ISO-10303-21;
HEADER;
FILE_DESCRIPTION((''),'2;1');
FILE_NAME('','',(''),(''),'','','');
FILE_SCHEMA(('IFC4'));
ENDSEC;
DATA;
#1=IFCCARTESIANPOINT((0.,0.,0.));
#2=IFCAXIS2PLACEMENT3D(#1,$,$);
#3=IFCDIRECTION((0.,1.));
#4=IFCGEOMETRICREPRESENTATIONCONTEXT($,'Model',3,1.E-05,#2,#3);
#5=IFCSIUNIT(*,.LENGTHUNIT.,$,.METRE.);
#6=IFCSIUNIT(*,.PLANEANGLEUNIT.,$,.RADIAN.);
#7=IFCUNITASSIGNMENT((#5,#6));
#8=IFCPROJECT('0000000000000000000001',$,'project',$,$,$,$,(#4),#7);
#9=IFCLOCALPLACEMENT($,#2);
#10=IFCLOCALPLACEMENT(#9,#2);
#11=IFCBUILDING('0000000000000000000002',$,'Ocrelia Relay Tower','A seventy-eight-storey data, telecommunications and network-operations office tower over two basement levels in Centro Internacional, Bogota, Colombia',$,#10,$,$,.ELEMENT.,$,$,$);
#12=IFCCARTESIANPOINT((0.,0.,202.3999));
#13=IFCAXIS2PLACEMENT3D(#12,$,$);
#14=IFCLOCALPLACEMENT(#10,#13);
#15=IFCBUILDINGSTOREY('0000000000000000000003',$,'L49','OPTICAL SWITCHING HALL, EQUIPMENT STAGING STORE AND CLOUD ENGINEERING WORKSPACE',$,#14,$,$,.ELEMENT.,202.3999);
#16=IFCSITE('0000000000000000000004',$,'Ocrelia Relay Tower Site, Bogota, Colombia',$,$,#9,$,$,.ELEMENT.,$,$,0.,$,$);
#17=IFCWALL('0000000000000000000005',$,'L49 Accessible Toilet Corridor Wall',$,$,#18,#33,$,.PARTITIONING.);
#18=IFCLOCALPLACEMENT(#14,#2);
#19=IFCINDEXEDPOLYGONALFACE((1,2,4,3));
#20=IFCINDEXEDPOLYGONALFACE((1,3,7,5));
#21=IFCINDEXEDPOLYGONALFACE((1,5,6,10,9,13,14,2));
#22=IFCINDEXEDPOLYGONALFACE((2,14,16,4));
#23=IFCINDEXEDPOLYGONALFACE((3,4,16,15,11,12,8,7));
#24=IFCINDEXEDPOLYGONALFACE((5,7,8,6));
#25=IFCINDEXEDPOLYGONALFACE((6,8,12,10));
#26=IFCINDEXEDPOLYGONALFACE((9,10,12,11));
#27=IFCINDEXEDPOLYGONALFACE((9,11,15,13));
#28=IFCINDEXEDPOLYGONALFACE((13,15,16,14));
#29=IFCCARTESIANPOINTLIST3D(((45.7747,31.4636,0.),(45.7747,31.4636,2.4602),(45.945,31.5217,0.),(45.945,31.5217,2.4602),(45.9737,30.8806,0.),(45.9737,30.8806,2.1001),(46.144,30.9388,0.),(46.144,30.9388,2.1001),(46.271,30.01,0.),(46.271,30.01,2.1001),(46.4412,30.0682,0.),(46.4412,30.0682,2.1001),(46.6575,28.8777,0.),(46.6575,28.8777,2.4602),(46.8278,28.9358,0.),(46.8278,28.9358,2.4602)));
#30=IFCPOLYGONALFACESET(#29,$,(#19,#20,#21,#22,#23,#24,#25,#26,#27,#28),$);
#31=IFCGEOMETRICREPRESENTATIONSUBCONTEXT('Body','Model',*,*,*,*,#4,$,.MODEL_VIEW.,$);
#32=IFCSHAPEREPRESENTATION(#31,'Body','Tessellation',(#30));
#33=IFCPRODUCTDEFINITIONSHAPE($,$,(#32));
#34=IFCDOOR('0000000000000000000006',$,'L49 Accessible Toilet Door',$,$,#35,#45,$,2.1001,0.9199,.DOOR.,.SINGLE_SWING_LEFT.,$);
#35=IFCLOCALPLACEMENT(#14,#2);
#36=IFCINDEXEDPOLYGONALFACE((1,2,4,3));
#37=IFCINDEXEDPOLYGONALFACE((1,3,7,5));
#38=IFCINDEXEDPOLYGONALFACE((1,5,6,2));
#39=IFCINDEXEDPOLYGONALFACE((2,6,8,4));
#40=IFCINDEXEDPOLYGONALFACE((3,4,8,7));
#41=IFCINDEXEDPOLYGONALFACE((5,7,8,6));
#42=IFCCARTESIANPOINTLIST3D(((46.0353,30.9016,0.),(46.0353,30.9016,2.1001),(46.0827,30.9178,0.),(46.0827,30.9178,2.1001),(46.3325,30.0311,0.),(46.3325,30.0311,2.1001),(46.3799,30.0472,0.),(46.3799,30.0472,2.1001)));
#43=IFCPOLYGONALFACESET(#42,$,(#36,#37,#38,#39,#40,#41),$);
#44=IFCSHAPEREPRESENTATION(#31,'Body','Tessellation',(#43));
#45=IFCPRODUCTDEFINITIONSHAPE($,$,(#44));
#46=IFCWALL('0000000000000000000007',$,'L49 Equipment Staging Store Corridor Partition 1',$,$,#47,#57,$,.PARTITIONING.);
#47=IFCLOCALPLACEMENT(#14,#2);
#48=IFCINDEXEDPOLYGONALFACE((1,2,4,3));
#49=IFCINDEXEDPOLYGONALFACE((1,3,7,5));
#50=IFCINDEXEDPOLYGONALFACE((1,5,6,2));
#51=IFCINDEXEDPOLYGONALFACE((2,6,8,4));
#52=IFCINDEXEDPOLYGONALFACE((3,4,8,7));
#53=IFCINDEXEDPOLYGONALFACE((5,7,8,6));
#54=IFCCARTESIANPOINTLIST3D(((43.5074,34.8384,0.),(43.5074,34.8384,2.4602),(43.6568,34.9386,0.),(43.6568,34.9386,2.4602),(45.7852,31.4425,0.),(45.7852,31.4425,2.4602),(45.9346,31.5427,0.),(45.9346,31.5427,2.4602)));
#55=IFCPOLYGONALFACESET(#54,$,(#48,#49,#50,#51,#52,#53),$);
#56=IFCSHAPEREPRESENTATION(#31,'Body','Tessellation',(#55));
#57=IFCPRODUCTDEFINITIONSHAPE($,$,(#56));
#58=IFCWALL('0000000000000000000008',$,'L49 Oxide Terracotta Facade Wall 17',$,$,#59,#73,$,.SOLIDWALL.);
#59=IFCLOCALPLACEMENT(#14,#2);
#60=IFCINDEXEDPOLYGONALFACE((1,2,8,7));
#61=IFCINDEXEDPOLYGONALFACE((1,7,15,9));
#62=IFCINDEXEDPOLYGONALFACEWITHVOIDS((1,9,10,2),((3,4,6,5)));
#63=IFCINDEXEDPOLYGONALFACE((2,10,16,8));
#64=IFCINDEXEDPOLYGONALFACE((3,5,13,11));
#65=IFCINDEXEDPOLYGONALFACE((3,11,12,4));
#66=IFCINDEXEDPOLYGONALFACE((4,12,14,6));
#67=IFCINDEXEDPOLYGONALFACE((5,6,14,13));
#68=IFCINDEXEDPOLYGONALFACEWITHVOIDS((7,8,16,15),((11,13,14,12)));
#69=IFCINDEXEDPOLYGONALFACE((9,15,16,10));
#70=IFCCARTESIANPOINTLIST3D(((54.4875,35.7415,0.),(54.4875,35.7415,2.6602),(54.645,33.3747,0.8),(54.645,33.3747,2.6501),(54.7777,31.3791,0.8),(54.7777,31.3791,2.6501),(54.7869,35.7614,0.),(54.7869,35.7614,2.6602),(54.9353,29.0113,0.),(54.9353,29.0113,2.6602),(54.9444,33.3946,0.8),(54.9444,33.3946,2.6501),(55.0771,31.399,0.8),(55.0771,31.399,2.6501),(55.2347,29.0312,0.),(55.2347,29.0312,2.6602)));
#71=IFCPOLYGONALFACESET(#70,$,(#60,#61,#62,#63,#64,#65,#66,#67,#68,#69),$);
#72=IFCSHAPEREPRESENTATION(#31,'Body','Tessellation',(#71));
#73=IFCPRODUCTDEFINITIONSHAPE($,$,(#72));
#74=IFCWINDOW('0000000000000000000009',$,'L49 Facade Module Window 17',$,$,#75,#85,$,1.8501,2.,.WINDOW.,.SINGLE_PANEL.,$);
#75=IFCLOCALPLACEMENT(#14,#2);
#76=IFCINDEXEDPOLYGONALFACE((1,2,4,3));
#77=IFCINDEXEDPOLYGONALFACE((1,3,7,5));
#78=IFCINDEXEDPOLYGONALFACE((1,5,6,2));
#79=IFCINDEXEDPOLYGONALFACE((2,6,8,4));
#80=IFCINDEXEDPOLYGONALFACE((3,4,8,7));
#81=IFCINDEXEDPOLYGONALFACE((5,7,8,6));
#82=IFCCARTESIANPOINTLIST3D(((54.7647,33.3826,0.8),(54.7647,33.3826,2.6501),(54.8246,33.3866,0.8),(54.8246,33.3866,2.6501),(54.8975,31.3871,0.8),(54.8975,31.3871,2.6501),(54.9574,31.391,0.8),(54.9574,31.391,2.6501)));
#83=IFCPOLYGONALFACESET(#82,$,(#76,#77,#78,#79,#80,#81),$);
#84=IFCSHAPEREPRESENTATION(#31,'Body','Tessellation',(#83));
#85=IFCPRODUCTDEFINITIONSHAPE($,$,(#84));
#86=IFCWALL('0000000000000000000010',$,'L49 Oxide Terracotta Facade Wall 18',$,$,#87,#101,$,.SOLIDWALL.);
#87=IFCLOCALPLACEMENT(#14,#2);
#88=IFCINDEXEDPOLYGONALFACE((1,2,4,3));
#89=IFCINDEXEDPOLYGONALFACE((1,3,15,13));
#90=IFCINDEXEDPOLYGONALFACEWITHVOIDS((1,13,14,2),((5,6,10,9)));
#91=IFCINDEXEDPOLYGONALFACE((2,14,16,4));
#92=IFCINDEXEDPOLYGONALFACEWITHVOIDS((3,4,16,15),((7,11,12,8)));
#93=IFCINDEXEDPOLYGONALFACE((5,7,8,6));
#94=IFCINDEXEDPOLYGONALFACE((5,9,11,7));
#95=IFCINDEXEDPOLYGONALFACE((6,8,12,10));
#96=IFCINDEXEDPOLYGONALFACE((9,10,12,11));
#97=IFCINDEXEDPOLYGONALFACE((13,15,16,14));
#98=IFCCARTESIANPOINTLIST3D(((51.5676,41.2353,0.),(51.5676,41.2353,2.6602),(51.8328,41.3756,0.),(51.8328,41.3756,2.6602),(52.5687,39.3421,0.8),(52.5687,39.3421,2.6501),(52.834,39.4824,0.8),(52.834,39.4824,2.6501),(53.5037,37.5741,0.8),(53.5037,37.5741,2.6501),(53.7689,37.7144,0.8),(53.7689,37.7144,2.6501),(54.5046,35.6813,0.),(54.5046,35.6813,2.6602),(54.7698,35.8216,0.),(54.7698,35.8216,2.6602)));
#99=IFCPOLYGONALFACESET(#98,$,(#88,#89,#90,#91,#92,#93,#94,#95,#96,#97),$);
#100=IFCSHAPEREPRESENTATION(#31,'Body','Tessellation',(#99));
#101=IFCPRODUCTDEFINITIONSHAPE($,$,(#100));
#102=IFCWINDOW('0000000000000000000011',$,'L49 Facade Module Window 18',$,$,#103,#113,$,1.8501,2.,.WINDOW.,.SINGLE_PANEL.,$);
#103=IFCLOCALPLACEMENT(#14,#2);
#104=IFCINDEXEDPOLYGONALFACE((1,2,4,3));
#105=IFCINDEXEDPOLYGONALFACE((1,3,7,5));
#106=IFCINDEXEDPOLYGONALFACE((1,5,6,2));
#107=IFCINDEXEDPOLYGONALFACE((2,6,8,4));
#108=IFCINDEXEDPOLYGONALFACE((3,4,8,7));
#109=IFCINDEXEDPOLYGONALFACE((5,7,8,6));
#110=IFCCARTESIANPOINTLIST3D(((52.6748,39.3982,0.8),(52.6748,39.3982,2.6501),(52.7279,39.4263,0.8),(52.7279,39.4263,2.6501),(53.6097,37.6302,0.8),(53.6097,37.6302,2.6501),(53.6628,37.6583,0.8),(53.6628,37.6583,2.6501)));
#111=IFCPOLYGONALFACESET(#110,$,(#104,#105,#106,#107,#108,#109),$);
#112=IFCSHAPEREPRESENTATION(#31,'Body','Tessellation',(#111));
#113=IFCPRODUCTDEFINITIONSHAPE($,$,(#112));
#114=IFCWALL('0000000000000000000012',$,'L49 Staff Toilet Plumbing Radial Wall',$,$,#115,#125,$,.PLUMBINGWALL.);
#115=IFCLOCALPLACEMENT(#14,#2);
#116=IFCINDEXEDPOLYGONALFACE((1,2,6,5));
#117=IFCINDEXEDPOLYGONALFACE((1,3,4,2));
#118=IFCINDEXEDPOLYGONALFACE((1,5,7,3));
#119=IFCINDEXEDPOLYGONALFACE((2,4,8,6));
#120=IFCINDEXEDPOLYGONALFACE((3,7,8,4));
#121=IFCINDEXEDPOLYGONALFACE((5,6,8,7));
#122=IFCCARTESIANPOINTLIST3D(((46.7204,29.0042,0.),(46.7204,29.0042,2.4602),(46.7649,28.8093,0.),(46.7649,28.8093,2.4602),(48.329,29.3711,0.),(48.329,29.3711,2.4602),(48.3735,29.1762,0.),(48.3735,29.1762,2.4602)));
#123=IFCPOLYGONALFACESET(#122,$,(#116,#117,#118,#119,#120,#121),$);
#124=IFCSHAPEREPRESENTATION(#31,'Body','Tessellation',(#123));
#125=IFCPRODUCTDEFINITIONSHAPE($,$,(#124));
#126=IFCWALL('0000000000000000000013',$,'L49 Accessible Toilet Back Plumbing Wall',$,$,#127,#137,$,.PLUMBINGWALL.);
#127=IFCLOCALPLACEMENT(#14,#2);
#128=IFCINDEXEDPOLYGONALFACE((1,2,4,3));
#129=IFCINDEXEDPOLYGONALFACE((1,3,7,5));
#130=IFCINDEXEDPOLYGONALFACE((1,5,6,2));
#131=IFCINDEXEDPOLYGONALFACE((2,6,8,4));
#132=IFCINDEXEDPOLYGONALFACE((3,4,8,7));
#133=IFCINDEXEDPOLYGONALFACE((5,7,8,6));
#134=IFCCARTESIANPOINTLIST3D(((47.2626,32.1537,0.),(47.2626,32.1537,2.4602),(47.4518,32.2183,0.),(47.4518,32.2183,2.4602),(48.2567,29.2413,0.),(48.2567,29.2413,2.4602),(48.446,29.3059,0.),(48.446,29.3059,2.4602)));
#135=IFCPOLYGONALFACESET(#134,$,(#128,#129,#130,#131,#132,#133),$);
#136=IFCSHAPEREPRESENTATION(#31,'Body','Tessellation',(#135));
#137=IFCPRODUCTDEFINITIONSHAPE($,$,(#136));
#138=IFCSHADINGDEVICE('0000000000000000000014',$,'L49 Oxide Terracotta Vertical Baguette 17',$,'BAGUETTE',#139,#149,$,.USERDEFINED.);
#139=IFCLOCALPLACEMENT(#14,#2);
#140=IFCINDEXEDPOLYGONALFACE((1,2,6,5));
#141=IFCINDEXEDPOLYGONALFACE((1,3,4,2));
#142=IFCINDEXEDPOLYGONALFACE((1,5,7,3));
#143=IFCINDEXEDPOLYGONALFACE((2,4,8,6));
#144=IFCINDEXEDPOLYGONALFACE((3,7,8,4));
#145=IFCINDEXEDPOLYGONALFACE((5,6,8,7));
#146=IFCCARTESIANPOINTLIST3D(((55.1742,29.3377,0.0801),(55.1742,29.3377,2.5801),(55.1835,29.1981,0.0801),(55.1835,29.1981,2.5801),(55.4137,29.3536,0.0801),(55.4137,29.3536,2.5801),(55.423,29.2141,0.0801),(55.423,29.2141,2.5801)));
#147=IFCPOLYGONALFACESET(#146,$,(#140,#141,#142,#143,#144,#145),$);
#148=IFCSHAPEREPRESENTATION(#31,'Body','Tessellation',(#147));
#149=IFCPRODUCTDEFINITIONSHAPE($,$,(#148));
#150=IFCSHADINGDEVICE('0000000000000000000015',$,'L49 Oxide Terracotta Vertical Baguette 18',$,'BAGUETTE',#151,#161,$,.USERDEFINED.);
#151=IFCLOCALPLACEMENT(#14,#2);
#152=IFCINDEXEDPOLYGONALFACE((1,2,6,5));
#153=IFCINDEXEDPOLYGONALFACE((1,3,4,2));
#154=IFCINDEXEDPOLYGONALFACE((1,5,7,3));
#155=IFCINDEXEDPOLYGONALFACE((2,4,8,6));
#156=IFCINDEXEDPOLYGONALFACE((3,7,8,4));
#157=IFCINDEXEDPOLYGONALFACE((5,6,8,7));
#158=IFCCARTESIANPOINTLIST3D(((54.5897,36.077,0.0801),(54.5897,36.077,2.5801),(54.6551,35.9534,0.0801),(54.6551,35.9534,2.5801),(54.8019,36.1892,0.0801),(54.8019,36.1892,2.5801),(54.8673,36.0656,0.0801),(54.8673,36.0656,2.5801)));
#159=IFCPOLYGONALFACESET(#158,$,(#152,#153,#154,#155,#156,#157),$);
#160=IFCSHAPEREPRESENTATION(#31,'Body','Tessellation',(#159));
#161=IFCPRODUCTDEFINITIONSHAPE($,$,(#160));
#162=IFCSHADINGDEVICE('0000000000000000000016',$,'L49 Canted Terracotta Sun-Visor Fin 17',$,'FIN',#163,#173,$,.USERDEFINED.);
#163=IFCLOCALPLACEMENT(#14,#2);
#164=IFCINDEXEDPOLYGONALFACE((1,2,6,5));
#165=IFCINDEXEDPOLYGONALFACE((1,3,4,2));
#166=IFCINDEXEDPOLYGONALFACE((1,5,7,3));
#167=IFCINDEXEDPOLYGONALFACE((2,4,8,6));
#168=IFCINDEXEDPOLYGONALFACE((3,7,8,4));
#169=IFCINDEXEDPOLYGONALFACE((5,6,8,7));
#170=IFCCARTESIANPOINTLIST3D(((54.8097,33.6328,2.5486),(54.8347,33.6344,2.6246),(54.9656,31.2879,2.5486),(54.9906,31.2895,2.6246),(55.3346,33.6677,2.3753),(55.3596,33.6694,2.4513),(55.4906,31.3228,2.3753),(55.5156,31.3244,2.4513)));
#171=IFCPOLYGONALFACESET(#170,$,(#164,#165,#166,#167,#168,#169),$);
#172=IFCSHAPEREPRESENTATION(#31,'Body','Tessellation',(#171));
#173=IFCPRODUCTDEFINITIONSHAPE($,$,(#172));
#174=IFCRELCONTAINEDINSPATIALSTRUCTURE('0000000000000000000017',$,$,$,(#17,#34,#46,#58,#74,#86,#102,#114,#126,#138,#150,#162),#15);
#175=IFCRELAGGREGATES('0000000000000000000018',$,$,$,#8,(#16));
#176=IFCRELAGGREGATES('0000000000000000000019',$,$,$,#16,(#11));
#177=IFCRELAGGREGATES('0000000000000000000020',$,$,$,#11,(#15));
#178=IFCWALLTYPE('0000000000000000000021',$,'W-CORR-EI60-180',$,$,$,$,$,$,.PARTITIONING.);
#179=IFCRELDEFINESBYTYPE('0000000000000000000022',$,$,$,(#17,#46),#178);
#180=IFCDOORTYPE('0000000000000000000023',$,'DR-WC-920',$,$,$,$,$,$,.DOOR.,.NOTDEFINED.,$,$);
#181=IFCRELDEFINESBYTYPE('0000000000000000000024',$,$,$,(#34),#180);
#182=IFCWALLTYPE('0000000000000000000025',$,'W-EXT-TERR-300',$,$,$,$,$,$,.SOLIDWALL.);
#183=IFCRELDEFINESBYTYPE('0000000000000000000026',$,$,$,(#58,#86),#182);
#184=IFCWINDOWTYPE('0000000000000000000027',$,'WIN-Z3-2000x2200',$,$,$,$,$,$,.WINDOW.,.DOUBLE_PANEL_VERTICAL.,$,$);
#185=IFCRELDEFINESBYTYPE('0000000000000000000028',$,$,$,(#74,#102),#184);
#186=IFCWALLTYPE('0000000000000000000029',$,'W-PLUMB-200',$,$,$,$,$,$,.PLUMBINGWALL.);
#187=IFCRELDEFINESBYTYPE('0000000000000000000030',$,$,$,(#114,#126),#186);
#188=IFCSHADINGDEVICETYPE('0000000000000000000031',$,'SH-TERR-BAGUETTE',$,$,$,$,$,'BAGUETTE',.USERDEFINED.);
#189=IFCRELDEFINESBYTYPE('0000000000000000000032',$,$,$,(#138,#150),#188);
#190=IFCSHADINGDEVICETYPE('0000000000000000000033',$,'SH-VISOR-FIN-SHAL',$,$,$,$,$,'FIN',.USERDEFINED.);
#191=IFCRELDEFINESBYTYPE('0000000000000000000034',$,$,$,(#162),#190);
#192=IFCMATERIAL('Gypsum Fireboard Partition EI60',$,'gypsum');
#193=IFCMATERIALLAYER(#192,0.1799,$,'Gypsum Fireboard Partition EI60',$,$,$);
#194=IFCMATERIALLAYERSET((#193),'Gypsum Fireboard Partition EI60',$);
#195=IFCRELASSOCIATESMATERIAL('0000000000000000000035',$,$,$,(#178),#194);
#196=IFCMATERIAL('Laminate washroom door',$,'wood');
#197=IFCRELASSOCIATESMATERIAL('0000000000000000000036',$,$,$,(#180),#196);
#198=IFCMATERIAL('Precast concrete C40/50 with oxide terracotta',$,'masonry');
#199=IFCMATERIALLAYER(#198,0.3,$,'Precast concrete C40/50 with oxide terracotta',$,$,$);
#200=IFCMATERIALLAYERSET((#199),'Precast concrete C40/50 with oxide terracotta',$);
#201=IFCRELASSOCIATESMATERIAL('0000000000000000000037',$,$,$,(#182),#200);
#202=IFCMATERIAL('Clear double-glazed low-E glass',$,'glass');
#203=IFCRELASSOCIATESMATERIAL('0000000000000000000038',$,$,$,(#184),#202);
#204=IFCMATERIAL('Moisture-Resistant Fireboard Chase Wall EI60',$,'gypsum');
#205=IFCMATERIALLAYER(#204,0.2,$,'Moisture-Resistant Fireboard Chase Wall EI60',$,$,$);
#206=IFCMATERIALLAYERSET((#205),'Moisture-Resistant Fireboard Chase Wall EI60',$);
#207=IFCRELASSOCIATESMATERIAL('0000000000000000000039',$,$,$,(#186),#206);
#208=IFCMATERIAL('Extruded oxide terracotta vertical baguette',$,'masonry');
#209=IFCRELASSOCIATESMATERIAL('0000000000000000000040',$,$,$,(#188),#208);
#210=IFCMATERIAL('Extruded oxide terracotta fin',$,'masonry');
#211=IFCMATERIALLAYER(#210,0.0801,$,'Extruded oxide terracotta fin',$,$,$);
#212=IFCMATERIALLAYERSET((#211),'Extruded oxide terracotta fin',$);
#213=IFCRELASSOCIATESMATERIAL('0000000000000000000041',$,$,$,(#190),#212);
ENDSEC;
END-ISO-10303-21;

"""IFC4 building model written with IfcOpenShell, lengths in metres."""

from ifc_helpers import new_model, si_unit, direction, frame, frame_2d, origin, origin_2d, place, context, subcontext, project, spatial, rectangle, extrude, material, layer, layer_set, type_object, element, fill, save


model = new_model("IFC4")

# Units and contexts
model_context = context("Model", 3, precision=1e-05, world=origin(), true_north=direction((0.0, 1.0)))
body_context = subcontext(model_context, "Body", "Model", "MODEL_VIEW")
ifc_project = project(units=[si_unit("LENGTHUNIT", "METRE"), si_unit("PLANEANGLEUNIT", "RADIAN")], contexts=[model_context])

# Site, building, storey
site_placement = place(None, origin())
site = spatial("IfcSite", under=ifc_project, at=site_placement, Name="Ocrelia Relay Tower Site, Bogota, Colombia", CompositionType="ELEMENT", RefElevation=0.0)
building_placement = place(site_placement, origin())
building = spatial("IfcBuilding", under=site, at=building_placement, Name="Ocrelia Relay Tower", Description="A seventy-eight-storey data, telecommunications and network-operations office tower over two basement levels in Centro Internacional, Bogota, Colombia", CompositionType="ELEMENT")
storey_placement = place(building_placement, frame((0.0, 0.0, 202.3999)))
storey = spatial("IfcBuildingStorey", under=building, at=storey_placement, Name="L49", Description="OPTICAL SWITCHING HALL, EQUIPMENT STAGING STORE AND CLOUD ENGINEERING WORKSPACE", CompositionType="ELEMENT", Elevation=202.3999)

# Wall, opening, door
ifc_material_1 = material(Name="Gypsum Fireboard Partition EI60", Category="gypsum")
ifc_layer_1 = layer(ifc_material_1, 0.1799, Name="Gypsum Fireboard Partition EI60")
ifc_layer_set_1 = layer_set([ifc_layer_1], Name="Gypsum Fireboard Partition EI60")
wall_type_1 = type_object("IfcWallType", Name="W-CORR-EI60-180", PredefinedType="PARTITIONING", material=ifc_layer_set_1)
wall_1_placement = place(storey_placement, frame((46.7427, 28.9067, 0.0), z_axis=(0.0, 0.0, 1.0), x_axis=(-0.323081, 0.946371, 0.0)))
wall_1 = element("IfcWall", 1, at=wall_1_placement, inside=storey, type_object=wall_type_1, Name="L49 Accessible Toilet Corridor Wall", PredefinedType="PARTITIONING", context=body_context, shape_type="SweptSolid", body=[
    extrude(rectangle(XDim=2.7324, YDim=0.1799, at=frame_2d((1.3662, 0.0))), origin(), (0.0, 0.0, 1.0), 2.4602),
])
opening_1_placement = place(wall_1_placement, frame((1.1965, 0.0, 0.0)))
opening_1 = element("IfcOpeningElement", 2, at=opening_1_placement, cuts=wall_1, PredefinedType="OPENING", context=body_context, shape_type="SweptSolid", body=[
    extrude(rectangle(XDim=0.9199, YDim=2.1001, at=frame_2d((0.46, 1.05))), frame((0.0, 0.1001, 0.0), z_axis=(0.0, -1.0, 0.0), x_axis=(1.0, 0.0, 0.0)), (0.0, 0.0, 1.0), 0.2),
])
ifc_material_2 = material(Name="Laminate washroom door", Category="wood")
door_type = type_object("IfcDoorType", Name="DR-WC-920", OperationType="NOTDEFINED", PredefinedType="DOOR", material=ifc_material_2)
door_placement = place(opening_1_placement, origin())
door = element("IfcDoor", 3, at=door_placement, inside=storey, type_object=door_type, Name="L49 Accessible Toilet Door", OperationType="SINGLE_SWING_LEFT", OverallHeight=2.1001, OverallWidth=0.9199, PredefinedType="DOOR", context=body_context, shape_type="SweptSolid", body=[
    extrude(rectangle(XDim=0.9199, YDim=2.1001, at=frame_2d((0.46, 1.05))), frame((0.0, 0.0249, 0.0), z_axis=(0.0, -1.0, 0.0), x_axis=(1.0, 0.0, 0.0)), (0.0, 0.0, 1.0), 0.05),
])
fill(opening_1, door)

# Wall
wall_2_placement = place(storey_placement, frame((45.8599, 31.4927, 0.0), z_axis=(0.0, 0.0, 1.0), x_axis=(-0.55704, 0.830486, 0.0)))
element("IfcWall", 4, at=wall_2_placement, inside=storey, type_object=wall_type_1, Name="L49 Equipment Staging Store Corridor Partition 1", PredefinedType="PARTITIONING", context=body_context, shape_type="SweptSolid", body=[
    extrude(rectangle(XDim=4.0891, YDim=0.1799, at=frame_2d((2.0444, 0.0))), origin(), (0.0, 0.0, 1.0), 2.4602),
])

# Walls, openings, windows
ifc_material_3 = material(Name="Precast concrete C40/50 with oxide terracotta", Category="masonry")
ifc_layer_2 = layer(ifc_material_3, 0.3, Name="Precast concrete C40/50 with oxide terracotta")
ifc_layer_set_2 = layer_set([ifc_layer_2], Name="Precast concrete C40/50 with oxide terracotta")
wall_type_2 = type_object("IfcWallType", Name="W-EXT-TERR-300", PredefinedType="SOLIDWALL", material=ifc_layer_set_2)
wall_3_placement = place(storey_placement, frame((55.085, 29.0212, 0.0), z_axis=(0.0, 0.0, 1.0), x_axis=(-0.066382, 0.997794, 0.0)))
wall_3 = element("IfcWall", 5, at=wall_3_placement, inside=storey, type_object=wall_type_2, Name="L49 Oxide Terracotta Facade Wall 17", PredefinedType="SOLIDWALL", context=body_context, shape_type="SweptSolid", body=[
    extrude(rectangle(XDim=6.7451, YDim=0.3, at=frame_2d((3.3726, 0.0))), origin(), (0.0, 0.0, 1.0), 2.6602),
])
opening_2_placement = place(wall_3_placement, frame((2.373, 0.0, 0.8)))
opening_2 = element("IfcOpeningElement", 6, at=opening_2_placement, cuts=wall_3, PredefinedType="OPENING", context=body_context, shape_type="SweptSolid", body=[
    extrude(rectangle(XDim=2.0, YDim=1.8501, at=frame_2d((1.0, 0.925))), frame((0.0, 0.1602, 0.0), z_axis=(0.0, -1.0, 0.0), x_axis=(1.0, 0.0, 0.0)), (0.0, 0.0, 1.0), 0.3201),
])
ifc_material_4 = material(Name="Clear double-glazed low-E glass", Category="glass")
window_type = type_object("IfcWindowType", Name="WIN-Z3-2000x2200", PartitioningType="DOUBLE_PANEL_VERTICAL", PredefinedType="WINDOW", material=ifc_material_4)
window_1_placement = place(opening_2_placement, origin())
window_1 = element("IfcWindow", 7, at=window_1_placement, inside=storey, type_object=window_type, Name="L49 Facade Module Window 17", OverallHeight=1.8501, OverallWidth=2.0, PartitioningType="SINGLE_PANEL", PredefinedType="WINDOW", context=body_context, shape_type="SweptSolid", body=[
    extrude(rectangle(XDim=2.0, YDim=1.8501, at=frame_2d((1.0, 0.925))), frame((0.0, 0.03, 0.0), z_axis=(0.0, -1.0, 0.0), x_axis=(1.0, 0.0, 0.0)), (0.0, 0.0, 1.0), 0.0601),
])
fill(opening_2, window_1)
wall_4_placement = place(storey_placement, frame((54.6372, 35.7515, 0.0), z_axis=(0.0, 0.0, 1.0), x_axis=(-0.467475, 0.884006, 0.0)))
wall_4 = element("IfcWall", 8, at=wall_4_placement, inside=storey, type_object=wall_type_2, Name="L49 Oxide Terracotta Facade Wall 18", PredefinedType="SOLIDWALL", context=body_context, shape_type="SweptSolid", body=[
    extrude(rectangle(XDim=6.2827, YDim=0.3, at=frame_2d((3.1414, 0.0))), origin(), (0.0, 0.0, 1.0), 2.6602),
])
opening_3_placement = place(wall_4_placement, frame((2.1411, 0.0, 0.8)))
opening_3 = element("IfcOpeningElement", 9, at=opening_3_placement, cuts=wall_4, PredefinedType="OPENING", context=body_context, shape_type="SweptSolid", body=[
    extrude(rectangle(XDim=2.0, YDim=1.8501, at=frame_2d((1.0, 0.925))), frame((0.0, 0.1602, 0.0), z_axis=(0.0, -1.0, 0.0), x_axis=(1.0, 0.0, 0.0)), (0.0, 0.0, 1.0), 0.3201),
])
window_2_placement = place(opening_3_placement, origin())
window_2 = element("IfcWindow", 10, at=window_2_placement, inside=storey, type_object=window_type, Name="L49 Facade Module Window 18", OverallHeight=1.8501, OverallWidth=2.0, PartitioningType="SINGLE_PANEL", PredefinedType="WINDOW", context=body_context, shape_type="SweptSolid", body=[
    extrude(rectangle(XDim=2.0, YDim=1.8501, at=frame_2d((1.0, 0.925))), frame((0.0, 0.03, 0.0), z_axis=(0.0, -1.0, 0.0), x_axis=(1.0, 0.0, 0.0)), (0.0, 0.0, 1.0), 0.0601),
])
fill(opening_3, window_2)

# Walls
ifc_material_5 = material(Name="Moisture-Resistant Fireboard Chase Wall EI60", Category="gypsum")
ifc_layer_3 = layer(ifc_material_5, 0.2, Name="Moisture-Resistant Fireboard Chase Wall EI60")
ifc_layer_set_3 = layer_set([ifc_layer_3], Name="Moisture-Resistant Fireboard Chase Wall EI60")
wall_type_3 = type_object("IfcWallType", Name="W-PLUMB-200", PredefinedType="PLUMBINGWALL", material=ifc_layer_set_3)
wall_5_placement = place(storey_placement, frame((46.7427, 28.9067, 0.0), z_axis=(0.0, 0.0, 1.0), x_axis=(0.974957, 0.222395, 0.0)))
element("IfcWall", 11, at=wall_5_placement, inside=storey, type_object=wall_type_3, Name="L49 Staff Toilet Plumbing Radial Wall", PredefinedType="PLUMBINGWALL", context=body_context, shape_type="SweptSolid", body=[
    extrude(rectangle(XDim=1.6499, YDim=0.2, at=frame_2d((0.825, 0.0))), origin(), (0.0, 0.0, 1.0), 2.4602),
])
wall_6_placement = place(storey_placement, frame((48.3513, 29.2737, 0.0), z_axis=(0.0, 0.0, 1.0), x_axis=(-0.32305, 0.946382, 0.0)))
element("IfcWall", 12, at=wall_6_placement, inside=storey, type_object=wall_type_3, Name="L49 Accessible Toilet Back Plumbing Wall", PredefinedType="PLUMBINGWALL", context=body_context, shape_type="SweptSolid", body=[
    extrude(rectangle(XDim=3.0774, YDim=0.2, at=frame_2d((1.5386, 0.0))), origin(), (0.0, 0.0, 1.0), 2.4602),
])

# Shading devices
ifc_material_6 = material(Name="Extruded oxide terracotta vertical baguette", Category="masonry")
shading_device_type_1 = type_object("IfcShadingDeviceType", Name="SH-TERR-BAGUETTE", ElementType="BAGUETTE", PredefinedType="USERDEFINED", material=ifc_material_6)
for number, where, z_axis, x_axis, name in (
    (13, (55.2986, 29.2759, 0.0801), (0.0, 0.0, 1.0), (-0.066374, 0.997795, 0.0), "L49 Oxide Terracotta Vertical Baguette 17"),
    (14, (54.7285, 36.0713, 0.0801), (0.0, 0.0, 1.0), (-0.467471, 0.884008, 0.0), "L49 Oxide Terracotta Vertical Baguette 18"),
):
    element("IfcShadingDevice", number, at=place(storey_placement, frame(where, z_axis=z_axis, x_axis=x_axis)), inside=storey, type_object=shading_device_type_1, Name=name, ObjectType="BAGUETTE", PredefinedType="USERDEFINED", context=body_context, shape_type="SweptSolid", body=[
        extrude(rectangle(XDim=0.1399, YDim=0.24, at=origin_2d()), origin(), (0.0, 0.0, 1.0), 2.5),
    ])
ifc_material_7 = material(Name="Extruded oxide terracotta fin", Category="masonry")
ifc_layer_4 = layer(ifc_material_7, 0.0801, Name="Extruded oxide terracotta fin")
ifc_layer_set_4 = layer_set([ifc_layer_4], Name="Extruded oxide terracotta fin")
shading_device_type_2 = type_object("IfcShadingDeviceType", Name="SH-VISOR-FIN-SHAL", ElementType="FIN", PredefinedType="USERDEFINED", material=ifc_layer_set_4)
shading_device_placement = place(storey_placement, frame((55.1501, 32.4778, 2.4619), z_axis=(0.312142, 0.020764, 0.949808), x_axis=(-0.066374, 0.997795, 0.0)))
element("IfcShadingDevice", 15, at=shading_device_placement, inside=storey, type_object=shading_device_type_2, Name="L49 Canted Terracotta Sun-Visor Fin 17", ObjectType="FIN", PredefinedType="USERDEFINED", context=body_context, shape_type="SweptSolid", body=[
    extrude(rectangle(XDim=2.3501, YDim=0.554, at=origin_2d()), origin(), (0.0, 0.0, 1.0), 0.0801),
])

save(model, "model.ifc")
